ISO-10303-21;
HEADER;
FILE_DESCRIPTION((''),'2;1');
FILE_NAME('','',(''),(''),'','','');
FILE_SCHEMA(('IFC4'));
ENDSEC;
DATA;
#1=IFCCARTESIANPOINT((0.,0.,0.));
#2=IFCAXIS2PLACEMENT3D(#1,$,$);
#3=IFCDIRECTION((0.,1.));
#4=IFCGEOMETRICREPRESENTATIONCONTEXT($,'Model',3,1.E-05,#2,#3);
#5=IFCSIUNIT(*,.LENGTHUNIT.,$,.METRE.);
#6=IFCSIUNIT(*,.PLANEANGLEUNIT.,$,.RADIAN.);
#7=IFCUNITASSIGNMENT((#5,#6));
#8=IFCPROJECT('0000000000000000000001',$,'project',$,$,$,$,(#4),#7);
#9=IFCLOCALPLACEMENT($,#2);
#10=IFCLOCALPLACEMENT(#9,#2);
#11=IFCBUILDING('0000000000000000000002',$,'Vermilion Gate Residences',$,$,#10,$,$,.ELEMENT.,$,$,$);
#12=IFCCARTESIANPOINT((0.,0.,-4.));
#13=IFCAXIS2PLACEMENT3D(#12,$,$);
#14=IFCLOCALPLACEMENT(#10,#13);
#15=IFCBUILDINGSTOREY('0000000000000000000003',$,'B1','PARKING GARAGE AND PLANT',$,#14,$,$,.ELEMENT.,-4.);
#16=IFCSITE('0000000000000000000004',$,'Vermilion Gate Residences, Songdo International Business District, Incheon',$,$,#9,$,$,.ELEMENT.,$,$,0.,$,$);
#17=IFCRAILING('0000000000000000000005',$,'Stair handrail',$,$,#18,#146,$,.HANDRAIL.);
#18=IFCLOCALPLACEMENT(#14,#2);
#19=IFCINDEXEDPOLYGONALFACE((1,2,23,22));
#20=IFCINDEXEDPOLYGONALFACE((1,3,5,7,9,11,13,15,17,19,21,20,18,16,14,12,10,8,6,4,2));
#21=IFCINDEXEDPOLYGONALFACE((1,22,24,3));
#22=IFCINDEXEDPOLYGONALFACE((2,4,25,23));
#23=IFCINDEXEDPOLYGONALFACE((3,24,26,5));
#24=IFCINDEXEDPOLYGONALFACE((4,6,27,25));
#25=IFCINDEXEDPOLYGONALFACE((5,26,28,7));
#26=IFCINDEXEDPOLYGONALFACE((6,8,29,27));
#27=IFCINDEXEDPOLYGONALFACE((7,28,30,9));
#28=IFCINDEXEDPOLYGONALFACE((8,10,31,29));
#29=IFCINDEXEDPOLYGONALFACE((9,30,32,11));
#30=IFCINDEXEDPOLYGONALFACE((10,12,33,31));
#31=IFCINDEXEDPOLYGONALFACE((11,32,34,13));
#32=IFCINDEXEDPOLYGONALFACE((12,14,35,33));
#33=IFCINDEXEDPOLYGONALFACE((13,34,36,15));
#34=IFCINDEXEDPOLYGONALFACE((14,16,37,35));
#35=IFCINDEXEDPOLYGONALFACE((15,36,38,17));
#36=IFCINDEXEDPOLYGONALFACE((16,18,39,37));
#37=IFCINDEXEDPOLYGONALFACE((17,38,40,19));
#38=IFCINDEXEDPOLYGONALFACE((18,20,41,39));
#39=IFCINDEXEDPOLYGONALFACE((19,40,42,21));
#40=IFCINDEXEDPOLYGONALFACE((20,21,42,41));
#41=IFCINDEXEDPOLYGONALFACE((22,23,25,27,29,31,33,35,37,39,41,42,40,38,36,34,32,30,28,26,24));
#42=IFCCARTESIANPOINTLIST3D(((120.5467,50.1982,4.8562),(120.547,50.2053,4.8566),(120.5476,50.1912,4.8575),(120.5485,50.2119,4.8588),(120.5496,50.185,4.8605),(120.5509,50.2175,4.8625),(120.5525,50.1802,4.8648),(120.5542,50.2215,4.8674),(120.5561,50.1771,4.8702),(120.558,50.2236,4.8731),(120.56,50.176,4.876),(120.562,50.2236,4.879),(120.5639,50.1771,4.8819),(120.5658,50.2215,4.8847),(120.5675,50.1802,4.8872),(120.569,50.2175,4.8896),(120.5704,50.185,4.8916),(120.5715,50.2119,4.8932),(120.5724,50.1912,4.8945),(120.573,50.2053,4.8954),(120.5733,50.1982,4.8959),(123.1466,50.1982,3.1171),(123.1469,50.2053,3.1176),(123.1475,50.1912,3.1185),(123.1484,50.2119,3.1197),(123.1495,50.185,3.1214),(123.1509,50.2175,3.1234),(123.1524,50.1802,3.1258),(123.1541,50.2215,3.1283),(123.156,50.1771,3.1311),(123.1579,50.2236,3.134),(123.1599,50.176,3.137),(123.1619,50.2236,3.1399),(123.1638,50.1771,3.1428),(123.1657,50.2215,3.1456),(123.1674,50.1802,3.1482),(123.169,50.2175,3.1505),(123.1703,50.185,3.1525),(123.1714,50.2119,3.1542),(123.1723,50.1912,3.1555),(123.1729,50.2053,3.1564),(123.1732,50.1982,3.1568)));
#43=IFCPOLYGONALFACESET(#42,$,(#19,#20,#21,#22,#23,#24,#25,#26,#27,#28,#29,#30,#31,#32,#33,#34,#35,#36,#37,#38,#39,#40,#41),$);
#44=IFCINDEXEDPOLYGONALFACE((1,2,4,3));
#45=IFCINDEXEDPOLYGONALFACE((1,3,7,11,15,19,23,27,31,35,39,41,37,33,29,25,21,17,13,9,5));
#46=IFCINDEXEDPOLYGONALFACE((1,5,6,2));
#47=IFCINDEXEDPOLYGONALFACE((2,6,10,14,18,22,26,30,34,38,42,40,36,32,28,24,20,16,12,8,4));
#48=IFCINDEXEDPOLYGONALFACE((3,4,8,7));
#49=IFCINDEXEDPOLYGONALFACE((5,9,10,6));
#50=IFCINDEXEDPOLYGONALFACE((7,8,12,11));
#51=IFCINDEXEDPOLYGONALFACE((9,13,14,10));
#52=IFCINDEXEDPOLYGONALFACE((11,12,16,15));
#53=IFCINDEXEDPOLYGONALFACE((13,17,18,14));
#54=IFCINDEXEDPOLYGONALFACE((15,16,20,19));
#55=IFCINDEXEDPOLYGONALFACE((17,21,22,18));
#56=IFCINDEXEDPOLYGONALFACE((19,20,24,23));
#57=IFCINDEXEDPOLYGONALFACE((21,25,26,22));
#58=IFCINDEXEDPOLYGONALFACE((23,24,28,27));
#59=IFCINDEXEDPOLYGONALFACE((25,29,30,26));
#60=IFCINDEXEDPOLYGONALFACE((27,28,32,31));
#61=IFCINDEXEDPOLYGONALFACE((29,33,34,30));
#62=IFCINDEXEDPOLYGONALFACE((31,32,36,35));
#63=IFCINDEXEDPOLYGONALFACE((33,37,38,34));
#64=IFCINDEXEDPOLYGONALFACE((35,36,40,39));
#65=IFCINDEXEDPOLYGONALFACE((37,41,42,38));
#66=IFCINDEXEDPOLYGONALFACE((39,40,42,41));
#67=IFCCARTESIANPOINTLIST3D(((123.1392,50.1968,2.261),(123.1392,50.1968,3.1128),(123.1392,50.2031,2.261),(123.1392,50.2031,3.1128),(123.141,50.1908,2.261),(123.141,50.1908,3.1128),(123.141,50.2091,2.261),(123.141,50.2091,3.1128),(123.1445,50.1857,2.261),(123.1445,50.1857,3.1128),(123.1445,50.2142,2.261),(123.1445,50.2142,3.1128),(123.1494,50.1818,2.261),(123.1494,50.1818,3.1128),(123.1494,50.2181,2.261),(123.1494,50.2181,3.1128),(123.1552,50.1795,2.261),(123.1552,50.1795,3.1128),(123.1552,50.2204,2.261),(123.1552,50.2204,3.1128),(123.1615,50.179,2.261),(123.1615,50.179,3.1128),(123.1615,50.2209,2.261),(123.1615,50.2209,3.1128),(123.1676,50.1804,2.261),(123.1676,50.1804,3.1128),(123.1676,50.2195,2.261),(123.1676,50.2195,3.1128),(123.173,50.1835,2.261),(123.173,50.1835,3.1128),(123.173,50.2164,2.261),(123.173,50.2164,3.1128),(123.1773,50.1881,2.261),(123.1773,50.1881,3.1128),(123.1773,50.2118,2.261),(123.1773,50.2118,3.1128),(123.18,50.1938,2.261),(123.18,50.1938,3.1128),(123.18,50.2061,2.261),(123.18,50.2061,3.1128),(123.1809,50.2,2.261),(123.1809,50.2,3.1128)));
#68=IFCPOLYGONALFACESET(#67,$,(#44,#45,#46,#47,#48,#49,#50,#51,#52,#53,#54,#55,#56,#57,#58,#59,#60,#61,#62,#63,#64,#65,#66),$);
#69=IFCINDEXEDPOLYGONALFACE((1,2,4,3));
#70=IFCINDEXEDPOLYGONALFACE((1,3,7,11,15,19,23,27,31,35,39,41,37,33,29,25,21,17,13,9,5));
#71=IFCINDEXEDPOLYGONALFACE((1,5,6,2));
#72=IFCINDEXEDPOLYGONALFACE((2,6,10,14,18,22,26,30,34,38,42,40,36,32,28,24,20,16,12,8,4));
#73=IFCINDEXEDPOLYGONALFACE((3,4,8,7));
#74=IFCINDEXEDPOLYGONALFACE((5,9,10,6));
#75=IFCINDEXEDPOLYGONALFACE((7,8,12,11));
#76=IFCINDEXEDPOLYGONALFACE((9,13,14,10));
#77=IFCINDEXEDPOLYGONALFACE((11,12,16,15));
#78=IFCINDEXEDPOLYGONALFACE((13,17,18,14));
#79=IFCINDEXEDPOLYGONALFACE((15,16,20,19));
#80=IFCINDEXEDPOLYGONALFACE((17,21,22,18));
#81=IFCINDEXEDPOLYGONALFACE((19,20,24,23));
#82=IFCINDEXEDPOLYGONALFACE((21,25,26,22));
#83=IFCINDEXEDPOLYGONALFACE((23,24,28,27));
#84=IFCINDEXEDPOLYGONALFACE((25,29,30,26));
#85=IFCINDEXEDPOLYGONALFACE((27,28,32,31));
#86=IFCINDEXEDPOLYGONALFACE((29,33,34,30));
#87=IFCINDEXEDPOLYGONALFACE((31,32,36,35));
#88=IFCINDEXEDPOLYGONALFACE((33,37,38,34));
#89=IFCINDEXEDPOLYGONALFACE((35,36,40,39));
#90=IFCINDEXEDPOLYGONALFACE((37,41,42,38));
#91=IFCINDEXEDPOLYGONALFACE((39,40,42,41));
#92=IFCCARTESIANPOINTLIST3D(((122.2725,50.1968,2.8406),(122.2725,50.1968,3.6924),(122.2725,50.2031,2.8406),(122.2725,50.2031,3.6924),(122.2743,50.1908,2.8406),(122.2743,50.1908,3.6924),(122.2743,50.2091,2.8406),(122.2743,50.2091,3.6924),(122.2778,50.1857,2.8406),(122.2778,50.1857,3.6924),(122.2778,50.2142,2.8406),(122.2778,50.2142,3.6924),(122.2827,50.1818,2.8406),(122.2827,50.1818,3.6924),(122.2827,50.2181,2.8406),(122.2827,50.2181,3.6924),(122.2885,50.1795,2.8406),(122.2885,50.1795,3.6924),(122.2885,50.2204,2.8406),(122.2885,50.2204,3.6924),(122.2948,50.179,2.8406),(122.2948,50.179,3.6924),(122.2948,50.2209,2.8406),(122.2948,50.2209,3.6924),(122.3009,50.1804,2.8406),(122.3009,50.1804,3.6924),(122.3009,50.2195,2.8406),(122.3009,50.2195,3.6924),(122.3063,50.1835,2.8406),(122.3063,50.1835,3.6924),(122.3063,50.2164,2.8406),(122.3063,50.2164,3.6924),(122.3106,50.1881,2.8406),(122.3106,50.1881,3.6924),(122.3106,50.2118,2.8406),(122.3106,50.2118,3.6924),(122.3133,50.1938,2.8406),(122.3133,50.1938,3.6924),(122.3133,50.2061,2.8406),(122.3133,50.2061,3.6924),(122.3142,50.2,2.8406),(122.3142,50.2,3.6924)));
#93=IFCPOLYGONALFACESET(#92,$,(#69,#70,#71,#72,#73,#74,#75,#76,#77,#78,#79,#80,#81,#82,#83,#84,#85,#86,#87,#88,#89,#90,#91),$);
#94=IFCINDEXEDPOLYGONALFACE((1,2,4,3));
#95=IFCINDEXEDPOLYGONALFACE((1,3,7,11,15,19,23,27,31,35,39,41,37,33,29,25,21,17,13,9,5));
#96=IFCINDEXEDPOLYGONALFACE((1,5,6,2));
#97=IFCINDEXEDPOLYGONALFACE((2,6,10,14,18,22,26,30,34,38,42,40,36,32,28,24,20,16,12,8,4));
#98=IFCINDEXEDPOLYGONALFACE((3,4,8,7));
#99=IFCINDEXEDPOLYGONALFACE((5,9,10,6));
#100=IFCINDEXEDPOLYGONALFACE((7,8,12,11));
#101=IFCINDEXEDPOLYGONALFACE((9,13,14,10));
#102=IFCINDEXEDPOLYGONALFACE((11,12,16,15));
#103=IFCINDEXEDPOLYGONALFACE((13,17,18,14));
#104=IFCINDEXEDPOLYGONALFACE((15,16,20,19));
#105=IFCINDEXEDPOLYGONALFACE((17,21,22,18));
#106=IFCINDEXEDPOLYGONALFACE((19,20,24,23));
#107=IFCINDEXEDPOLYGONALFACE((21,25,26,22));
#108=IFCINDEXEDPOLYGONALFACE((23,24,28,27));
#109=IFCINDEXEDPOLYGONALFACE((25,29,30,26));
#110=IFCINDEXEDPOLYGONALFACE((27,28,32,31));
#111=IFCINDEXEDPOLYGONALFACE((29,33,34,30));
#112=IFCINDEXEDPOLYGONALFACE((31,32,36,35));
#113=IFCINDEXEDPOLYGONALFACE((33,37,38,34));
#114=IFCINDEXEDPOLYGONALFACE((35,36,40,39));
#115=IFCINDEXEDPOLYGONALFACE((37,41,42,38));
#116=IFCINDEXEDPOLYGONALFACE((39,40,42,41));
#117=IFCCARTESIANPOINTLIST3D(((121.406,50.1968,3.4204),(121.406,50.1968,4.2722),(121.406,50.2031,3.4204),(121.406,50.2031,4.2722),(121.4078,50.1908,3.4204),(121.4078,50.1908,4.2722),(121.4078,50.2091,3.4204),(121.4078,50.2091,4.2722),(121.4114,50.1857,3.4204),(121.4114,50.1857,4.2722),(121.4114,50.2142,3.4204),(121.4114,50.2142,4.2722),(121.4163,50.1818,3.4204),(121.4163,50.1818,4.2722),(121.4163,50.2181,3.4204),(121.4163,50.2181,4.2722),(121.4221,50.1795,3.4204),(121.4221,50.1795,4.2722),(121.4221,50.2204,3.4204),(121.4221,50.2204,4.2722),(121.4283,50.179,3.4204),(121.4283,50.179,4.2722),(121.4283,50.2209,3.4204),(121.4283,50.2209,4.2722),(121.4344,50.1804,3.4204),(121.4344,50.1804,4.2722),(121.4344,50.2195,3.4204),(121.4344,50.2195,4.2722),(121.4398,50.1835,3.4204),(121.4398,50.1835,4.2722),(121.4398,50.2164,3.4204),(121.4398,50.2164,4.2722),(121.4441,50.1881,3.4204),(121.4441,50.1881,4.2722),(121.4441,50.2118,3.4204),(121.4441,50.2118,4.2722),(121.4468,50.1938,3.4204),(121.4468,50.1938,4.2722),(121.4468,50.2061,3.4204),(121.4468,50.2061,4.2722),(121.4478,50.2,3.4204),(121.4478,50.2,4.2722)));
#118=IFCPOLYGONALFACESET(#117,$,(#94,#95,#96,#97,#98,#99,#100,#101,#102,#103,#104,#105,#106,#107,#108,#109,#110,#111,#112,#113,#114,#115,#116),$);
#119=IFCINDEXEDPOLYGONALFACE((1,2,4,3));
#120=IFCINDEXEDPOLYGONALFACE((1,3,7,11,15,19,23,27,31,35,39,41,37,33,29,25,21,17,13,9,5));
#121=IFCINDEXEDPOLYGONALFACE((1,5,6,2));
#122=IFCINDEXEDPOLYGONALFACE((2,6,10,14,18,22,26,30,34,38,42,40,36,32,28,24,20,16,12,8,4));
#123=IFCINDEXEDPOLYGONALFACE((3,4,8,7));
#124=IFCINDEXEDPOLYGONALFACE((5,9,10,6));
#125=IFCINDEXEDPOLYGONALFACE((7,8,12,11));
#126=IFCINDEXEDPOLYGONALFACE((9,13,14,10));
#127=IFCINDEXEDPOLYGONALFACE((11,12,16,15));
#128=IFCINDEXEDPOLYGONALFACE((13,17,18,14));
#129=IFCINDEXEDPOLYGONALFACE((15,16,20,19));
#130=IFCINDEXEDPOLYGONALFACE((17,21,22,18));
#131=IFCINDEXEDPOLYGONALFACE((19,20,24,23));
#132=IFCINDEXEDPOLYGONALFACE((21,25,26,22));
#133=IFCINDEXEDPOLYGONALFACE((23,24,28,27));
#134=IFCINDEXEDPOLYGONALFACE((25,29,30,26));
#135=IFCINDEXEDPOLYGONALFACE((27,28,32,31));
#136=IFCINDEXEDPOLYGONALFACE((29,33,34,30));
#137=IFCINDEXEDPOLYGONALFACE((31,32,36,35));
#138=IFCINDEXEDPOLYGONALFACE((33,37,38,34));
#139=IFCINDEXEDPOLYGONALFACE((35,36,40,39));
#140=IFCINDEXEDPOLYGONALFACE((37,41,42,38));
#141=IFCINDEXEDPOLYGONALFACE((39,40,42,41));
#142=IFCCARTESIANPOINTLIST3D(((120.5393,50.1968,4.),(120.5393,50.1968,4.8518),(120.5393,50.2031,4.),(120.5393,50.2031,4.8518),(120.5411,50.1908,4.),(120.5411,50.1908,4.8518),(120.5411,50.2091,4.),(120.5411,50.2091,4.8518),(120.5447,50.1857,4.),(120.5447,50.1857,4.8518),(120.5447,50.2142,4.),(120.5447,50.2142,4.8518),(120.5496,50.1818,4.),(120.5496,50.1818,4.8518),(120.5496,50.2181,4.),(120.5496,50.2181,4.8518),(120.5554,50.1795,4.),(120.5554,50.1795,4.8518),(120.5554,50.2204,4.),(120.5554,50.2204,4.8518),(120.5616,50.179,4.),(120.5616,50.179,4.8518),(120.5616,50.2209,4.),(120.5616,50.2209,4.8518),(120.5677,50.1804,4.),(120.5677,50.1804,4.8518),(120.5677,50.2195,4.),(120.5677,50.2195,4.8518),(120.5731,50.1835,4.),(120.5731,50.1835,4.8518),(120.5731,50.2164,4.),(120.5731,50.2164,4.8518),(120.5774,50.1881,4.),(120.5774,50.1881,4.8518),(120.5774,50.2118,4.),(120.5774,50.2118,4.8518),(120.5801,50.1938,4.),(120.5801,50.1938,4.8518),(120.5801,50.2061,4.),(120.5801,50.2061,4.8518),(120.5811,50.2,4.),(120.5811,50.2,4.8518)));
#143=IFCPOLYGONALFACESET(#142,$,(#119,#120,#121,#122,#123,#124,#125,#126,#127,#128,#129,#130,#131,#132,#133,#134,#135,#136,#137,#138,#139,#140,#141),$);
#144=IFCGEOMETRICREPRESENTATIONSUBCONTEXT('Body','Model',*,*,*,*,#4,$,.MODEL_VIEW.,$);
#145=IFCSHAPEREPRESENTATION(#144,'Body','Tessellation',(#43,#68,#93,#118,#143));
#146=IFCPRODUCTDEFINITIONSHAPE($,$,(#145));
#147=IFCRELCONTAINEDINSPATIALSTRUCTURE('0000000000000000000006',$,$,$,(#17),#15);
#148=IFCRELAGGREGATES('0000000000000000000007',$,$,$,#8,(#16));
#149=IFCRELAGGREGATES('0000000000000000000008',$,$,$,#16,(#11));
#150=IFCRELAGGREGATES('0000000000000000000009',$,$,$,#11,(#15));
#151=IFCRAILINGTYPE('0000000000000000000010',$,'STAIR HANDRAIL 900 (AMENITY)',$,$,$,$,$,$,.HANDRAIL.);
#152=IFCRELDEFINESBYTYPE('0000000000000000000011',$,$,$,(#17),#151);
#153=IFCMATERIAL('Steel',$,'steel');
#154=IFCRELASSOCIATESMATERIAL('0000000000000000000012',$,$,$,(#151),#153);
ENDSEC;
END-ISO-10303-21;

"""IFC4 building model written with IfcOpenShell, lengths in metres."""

from ifc_helpers import new_model, si_unit, direction, frame, origin, origin_2d, place, context, subcontext, project, spatial, circle, extrude, material, type_object, element, save


model = new_model("IFC4")

# Units and contexts
model_context = context("Model", 3, precision=1e-05, world=origin(), true_north=direction((0.0, 1.0)))
body_context = subcontext(model_context, "Body", "Model", "MODEL_VIEW")
ifc_project = project(units=[si_unit("LENGTHUNIT", "METRE"), si_unit("PLANEANGLEUNIT", "RADIAN")], contexts=[model_context])

# Site, building, storey
site_placement = place(None, origin())
site = spatial("IfcSite", under=ifc_project, at=site_placement, Name="Vermilion Gate Residences, Songdo International Business District, Incheon", CompositionType="ELEMENT", RefElevation=0.0)
building_placement = place(site_placement, origin())
building = spatial("IfcBuilding", under=site, at=building_placement, Name="Vermilion Gate Residences", CompositionType="ELEMENT")
storey_placement = place(building_placement, frame((0.0, 0.0, -4.0)))
storey = spatial("IfcBuildingStorey", under=building, at=storey_placement, Name="B1", Description="PARKING GARAGE AND PLANT", CompositionType="ELEMENT", Elevation=-4.0)

# Railing
ifc_material_1 = material(Name="Steel", Category="steel")
railing_type = type_object("IfcRailingType", Name="STAIR HANDRAIL 900 (AMENITY)", PredefinedType="HANDRAIL", material=ifc_material_1)
railing_1_placement = place(storey_placement, frame((123.1599, 50.2, 2.261)))
element("IfcRailing", 1, at=railing_1_placement, inside=storey, type_object=railing_type, Name="Stair handrail", PredefinedType="HANDRAIL", context=body_context, shape_type="SweptSolid", body=[
    extrude(circle(Radius=0.0239, at=origin_2d()), frame((0.0, 0.0, 0.876), z_axis=(-0.831197, 0.0, 0.555978), x_axis=(0.0, -1.0, 0.0)), (0.0, 0.0, 1.0), 3.1279),
    extrude(circle(Radius=0.021, at=origin_2d()), origin(), (0.0, 0.0, 1.0), 0.8518),
    extrude(circle(Radius=0.021, at=origin_2d()), frame((-0.8667, 0.0, 0.5796)), (0.0, 0.0, 1.0), 0.8518),
    extrude(circle(Radius=0.021, at=origin_2d()), frame((-1.7332, 0.0, 1.1594)), (0.0, 0.0, 1.0), 0.8518),
    extrude(circle(Radius=0.021, at=origin_2d()), frame((-2.5999, 0.0, 1.739)), (0.0, 0.0, 1.0), 0.8518),
])

save(model, "model.ifc")
